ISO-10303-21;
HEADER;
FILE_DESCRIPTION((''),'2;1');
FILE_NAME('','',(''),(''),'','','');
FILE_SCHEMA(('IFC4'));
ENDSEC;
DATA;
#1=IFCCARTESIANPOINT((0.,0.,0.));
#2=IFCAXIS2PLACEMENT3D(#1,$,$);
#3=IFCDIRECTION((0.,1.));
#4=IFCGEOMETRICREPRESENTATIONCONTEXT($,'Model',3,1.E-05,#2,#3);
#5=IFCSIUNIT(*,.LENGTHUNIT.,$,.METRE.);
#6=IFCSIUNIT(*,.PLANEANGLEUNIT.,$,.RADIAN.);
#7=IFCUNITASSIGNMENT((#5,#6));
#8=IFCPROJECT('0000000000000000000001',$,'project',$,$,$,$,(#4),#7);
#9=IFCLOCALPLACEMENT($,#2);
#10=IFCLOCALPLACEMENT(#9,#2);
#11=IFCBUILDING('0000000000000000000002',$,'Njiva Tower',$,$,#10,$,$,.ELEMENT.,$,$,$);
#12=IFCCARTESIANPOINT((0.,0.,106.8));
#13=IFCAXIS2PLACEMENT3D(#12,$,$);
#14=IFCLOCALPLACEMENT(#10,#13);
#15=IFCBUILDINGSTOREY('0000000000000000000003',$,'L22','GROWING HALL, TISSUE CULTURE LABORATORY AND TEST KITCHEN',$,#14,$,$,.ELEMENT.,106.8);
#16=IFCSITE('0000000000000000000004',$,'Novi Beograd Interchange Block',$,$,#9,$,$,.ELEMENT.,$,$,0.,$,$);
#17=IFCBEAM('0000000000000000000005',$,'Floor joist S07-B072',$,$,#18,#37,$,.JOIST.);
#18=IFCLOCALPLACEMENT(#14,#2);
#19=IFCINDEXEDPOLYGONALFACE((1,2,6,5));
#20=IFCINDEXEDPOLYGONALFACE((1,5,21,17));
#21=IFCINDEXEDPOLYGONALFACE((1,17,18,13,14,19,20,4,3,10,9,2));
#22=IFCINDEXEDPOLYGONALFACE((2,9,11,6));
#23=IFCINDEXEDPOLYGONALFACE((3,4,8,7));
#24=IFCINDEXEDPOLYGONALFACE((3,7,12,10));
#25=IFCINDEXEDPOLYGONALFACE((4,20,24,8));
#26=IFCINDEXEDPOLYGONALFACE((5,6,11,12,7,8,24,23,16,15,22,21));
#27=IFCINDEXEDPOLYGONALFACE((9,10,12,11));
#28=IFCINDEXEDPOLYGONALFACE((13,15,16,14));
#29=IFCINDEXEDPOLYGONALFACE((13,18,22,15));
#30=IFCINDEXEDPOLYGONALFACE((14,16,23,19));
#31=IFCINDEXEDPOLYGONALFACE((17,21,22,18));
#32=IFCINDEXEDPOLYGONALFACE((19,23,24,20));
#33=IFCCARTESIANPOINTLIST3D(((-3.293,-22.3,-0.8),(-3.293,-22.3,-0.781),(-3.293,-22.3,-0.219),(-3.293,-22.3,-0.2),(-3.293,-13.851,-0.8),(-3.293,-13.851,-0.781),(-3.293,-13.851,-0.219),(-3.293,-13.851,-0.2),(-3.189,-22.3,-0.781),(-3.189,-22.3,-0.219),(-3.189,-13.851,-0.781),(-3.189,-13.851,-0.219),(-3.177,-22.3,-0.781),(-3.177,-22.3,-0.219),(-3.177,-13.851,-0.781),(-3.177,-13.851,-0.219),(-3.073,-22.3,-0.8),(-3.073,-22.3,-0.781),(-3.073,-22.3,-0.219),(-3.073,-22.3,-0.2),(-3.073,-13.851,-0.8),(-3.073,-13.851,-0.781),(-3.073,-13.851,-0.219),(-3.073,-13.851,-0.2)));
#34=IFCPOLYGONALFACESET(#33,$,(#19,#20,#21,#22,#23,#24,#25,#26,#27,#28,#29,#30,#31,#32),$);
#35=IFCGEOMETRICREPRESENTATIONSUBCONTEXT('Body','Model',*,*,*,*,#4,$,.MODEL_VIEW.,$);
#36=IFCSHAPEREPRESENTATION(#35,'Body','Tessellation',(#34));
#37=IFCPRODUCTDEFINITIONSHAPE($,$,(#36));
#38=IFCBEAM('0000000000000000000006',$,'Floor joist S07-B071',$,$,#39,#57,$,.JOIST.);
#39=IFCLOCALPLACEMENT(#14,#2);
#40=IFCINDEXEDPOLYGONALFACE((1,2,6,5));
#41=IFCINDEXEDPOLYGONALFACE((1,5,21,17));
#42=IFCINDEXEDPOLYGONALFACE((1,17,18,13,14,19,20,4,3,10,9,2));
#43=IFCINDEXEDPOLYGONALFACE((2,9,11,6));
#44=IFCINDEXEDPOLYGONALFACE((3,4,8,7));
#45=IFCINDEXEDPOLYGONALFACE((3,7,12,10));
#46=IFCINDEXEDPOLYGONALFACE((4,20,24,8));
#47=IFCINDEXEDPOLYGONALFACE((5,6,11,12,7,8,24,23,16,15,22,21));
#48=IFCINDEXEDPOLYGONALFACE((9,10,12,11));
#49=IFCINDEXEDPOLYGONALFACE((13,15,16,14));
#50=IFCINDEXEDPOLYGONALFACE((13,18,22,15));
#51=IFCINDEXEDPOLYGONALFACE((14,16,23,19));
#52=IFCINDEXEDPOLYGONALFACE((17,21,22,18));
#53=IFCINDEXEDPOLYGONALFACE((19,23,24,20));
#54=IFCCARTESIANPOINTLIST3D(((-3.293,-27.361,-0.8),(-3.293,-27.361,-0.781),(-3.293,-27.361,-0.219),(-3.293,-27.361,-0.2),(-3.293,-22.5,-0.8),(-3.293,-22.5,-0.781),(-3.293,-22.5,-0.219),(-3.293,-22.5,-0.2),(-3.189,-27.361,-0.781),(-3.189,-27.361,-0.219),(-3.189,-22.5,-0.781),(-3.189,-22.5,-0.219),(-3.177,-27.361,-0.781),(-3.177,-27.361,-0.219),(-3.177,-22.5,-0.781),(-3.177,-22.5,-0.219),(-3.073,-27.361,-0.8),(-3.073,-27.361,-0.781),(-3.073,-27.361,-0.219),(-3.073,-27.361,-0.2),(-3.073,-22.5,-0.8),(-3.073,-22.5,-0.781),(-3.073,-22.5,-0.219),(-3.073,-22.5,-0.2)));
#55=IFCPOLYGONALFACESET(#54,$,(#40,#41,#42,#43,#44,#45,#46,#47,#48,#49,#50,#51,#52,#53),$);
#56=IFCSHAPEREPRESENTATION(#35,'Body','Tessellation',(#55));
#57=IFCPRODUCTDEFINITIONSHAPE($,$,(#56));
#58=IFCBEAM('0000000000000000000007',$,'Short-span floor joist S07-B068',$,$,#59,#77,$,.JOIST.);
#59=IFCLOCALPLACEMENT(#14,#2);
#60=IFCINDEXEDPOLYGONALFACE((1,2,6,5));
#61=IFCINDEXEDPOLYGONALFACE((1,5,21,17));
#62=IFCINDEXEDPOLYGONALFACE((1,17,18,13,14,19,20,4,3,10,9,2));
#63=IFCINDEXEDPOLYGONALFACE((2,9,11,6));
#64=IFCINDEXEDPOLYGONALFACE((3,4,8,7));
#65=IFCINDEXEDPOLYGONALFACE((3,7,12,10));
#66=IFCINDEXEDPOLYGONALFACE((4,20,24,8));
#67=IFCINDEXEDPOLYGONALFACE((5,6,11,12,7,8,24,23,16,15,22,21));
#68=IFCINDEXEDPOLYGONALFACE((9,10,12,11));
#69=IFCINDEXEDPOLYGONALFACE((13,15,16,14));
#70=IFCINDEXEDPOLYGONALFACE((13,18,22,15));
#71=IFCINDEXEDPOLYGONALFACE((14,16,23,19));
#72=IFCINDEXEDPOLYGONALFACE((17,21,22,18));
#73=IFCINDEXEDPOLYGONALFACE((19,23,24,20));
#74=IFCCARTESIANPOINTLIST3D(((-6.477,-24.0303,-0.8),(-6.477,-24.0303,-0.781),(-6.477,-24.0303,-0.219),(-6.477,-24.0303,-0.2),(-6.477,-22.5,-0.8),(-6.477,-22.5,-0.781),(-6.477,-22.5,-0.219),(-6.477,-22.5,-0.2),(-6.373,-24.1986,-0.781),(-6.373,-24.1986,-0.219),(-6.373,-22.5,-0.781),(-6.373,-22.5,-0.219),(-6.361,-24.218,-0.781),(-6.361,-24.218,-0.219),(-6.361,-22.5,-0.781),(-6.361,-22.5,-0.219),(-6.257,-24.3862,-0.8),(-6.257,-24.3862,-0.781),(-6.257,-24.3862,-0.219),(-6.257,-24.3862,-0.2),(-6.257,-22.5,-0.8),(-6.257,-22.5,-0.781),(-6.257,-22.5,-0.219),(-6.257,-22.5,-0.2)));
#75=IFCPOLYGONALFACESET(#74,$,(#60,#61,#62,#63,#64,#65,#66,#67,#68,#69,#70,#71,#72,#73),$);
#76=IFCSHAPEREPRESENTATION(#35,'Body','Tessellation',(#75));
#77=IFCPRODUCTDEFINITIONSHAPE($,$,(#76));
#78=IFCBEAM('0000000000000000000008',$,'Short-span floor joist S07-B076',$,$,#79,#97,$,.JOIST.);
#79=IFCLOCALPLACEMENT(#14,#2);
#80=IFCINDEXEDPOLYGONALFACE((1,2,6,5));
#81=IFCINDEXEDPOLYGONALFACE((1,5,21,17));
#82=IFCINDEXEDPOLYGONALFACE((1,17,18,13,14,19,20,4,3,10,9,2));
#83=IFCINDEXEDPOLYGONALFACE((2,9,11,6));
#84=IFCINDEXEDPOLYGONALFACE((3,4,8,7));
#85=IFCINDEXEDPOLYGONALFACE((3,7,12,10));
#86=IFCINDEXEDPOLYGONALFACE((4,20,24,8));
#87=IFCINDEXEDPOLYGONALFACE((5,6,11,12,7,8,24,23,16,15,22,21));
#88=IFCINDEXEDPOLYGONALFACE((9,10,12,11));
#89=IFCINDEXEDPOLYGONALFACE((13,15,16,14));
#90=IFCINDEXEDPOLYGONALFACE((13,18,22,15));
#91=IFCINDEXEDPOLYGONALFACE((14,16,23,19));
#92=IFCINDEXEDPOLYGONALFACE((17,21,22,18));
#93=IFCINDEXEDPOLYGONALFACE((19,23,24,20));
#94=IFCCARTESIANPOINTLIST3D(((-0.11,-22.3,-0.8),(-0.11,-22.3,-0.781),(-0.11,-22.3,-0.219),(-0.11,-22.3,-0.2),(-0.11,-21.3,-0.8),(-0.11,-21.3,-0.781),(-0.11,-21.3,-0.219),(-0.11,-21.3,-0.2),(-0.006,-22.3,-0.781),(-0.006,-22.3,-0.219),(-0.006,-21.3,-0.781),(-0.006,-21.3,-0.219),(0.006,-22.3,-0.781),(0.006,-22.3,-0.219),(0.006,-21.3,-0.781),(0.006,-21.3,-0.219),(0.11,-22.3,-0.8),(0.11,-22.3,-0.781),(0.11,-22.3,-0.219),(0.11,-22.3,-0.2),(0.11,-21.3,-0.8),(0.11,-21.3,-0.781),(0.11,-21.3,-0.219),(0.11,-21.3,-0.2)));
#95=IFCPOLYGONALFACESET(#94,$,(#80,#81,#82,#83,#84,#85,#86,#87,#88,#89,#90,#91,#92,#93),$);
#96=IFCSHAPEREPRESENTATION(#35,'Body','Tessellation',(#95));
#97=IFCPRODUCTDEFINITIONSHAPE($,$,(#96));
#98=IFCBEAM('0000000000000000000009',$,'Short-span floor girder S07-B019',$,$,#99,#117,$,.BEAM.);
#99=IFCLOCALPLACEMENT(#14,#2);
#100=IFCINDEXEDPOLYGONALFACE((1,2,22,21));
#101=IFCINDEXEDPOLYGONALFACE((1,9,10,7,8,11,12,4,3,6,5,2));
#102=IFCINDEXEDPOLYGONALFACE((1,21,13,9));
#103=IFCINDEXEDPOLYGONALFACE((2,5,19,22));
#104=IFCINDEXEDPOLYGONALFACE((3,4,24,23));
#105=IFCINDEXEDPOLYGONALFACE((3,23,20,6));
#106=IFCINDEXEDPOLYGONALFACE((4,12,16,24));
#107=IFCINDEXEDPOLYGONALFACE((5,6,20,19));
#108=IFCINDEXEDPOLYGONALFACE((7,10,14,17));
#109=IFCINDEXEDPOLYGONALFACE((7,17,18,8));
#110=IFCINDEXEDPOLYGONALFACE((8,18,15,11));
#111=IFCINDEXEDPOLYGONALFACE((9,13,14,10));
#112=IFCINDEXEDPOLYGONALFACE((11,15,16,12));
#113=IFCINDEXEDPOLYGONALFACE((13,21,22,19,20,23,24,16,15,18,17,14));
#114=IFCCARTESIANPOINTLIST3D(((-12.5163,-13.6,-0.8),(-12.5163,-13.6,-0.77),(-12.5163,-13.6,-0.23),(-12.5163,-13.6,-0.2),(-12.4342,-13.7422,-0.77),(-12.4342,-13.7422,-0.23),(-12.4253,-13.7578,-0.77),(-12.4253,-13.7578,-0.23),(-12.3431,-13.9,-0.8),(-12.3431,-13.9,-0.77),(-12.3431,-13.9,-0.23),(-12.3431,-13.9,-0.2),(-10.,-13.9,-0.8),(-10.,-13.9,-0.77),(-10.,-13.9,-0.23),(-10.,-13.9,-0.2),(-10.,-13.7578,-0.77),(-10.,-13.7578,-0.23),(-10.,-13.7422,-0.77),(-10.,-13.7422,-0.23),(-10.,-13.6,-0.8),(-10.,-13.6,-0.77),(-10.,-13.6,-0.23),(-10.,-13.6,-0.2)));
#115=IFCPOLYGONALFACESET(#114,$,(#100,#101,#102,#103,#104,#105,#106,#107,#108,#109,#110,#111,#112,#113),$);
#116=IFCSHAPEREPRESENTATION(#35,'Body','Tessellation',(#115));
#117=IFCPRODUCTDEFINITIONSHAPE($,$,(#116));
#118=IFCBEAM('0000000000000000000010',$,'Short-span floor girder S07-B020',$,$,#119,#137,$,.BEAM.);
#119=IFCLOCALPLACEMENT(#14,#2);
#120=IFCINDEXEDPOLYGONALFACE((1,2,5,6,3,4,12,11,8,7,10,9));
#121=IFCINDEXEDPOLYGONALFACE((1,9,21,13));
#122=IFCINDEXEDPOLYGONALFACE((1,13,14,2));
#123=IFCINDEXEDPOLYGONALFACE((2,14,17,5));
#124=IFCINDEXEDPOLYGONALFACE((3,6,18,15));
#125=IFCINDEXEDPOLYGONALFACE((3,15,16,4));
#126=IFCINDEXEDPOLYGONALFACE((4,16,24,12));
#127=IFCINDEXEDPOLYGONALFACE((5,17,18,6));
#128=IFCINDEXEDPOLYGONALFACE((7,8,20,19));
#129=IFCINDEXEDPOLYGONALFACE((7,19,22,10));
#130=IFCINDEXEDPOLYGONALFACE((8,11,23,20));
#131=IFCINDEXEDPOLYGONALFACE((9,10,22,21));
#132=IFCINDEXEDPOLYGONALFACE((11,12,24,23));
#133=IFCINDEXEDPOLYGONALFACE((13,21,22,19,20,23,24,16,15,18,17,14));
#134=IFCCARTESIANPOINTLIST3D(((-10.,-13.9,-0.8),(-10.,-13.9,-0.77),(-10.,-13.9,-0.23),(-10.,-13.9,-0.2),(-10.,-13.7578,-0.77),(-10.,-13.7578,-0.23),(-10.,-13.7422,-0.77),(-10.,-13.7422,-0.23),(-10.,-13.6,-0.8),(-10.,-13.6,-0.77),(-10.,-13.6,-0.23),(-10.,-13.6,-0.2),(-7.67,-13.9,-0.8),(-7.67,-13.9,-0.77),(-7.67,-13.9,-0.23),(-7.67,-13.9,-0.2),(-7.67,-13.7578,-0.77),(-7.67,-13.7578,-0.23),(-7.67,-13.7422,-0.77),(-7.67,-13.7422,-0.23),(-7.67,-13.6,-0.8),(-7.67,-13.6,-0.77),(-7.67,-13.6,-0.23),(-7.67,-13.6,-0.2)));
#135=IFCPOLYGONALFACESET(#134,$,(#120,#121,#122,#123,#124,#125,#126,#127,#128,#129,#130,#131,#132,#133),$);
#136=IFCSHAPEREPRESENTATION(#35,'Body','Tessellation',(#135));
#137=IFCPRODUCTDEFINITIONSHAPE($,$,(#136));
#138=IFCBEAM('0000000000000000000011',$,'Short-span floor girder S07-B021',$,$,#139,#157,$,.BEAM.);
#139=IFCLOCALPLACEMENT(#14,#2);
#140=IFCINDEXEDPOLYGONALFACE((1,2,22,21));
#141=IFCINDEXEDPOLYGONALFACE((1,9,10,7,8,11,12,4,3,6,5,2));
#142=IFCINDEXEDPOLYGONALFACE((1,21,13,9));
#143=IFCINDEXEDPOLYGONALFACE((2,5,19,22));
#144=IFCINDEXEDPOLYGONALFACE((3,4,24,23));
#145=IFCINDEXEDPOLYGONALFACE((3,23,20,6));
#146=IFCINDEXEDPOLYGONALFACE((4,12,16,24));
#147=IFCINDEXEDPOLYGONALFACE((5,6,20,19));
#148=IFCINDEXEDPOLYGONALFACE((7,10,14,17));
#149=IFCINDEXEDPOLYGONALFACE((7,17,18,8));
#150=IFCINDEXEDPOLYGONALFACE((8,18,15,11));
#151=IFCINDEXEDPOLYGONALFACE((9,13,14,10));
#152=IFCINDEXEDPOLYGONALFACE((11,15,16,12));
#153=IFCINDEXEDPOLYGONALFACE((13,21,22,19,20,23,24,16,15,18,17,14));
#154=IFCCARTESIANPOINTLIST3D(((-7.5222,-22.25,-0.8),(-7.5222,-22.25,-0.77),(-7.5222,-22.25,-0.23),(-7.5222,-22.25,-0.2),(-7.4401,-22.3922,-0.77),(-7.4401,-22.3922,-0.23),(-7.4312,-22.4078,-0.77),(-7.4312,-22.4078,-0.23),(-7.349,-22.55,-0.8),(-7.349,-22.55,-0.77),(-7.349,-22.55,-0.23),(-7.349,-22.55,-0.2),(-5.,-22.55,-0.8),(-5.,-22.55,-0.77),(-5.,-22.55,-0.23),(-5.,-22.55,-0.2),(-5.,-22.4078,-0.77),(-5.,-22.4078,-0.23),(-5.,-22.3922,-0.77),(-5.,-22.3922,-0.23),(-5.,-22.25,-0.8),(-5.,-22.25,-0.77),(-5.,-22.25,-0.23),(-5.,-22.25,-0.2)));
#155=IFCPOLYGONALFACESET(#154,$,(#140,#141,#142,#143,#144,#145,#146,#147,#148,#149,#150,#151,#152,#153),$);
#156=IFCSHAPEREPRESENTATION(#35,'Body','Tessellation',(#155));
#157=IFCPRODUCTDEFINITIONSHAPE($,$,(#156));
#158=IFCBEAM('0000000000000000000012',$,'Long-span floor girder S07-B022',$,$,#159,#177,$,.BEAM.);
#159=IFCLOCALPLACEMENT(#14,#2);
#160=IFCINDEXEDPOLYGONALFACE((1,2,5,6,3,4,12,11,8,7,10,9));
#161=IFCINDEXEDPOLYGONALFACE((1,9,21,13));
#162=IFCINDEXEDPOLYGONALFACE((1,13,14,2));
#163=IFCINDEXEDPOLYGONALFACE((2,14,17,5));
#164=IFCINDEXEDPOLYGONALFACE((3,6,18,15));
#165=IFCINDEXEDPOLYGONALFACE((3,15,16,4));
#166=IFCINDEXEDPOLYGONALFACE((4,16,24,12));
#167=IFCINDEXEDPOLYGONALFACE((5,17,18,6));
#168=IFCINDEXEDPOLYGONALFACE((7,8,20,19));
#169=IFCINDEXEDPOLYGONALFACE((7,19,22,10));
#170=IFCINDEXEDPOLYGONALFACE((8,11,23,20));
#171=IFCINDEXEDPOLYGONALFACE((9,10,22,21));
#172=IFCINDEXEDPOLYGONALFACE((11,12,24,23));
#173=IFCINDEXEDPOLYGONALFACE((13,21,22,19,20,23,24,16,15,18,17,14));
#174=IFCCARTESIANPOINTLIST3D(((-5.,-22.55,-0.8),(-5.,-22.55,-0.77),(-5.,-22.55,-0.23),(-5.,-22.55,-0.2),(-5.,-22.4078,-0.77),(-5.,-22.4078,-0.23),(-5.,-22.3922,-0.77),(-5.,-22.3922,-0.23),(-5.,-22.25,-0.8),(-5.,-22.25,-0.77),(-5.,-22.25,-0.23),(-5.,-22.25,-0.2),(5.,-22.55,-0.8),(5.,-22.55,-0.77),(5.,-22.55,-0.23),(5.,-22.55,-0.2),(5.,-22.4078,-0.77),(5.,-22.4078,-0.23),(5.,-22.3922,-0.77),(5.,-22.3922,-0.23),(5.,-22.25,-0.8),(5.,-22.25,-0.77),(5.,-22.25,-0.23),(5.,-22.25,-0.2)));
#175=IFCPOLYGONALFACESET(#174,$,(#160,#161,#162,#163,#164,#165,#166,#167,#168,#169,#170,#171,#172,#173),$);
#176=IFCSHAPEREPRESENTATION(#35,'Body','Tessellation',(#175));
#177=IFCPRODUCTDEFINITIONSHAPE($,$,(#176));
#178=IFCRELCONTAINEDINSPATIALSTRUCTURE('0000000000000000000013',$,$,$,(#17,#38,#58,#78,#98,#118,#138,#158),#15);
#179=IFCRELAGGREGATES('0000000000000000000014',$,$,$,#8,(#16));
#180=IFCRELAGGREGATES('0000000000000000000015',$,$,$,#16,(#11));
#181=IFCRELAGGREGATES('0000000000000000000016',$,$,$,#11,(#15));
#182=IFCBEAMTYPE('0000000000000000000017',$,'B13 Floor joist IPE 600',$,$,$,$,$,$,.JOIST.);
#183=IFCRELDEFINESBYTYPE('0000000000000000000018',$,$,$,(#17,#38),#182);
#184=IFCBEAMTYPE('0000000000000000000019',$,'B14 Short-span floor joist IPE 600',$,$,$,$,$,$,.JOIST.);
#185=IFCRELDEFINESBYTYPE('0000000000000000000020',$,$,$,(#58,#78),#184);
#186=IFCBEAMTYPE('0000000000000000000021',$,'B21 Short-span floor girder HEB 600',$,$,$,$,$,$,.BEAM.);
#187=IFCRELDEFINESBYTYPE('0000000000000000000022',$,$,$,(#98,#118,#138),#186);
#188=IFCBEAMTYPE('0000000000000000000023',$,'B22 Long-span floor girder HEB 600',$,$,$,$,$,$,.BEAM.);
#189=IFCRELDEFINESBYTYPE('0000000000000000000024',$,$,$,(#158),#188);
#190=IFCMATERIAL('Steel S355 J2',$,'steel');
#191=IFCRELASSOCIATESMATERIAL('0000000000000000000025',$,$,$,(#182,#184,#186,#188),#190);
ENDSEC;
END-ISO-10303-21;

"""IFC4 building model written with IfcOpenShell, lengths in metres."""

from ifc_helpers import new_model, si_unit, direction, frame, origin, origin_2d, place, context, subcontext, project, spatial, i_section, extrude, clip, halfspace, material, material_profile, profile_set, type_object, element, save


model = new_model("IFC4")

# Units and contexts
model_context = context("Model", 3, precision=1e-05, world=origin(), true_north=direction((0.0, 1.0)))
body_context = subcontext(model_context, "Body", "Model", "MODEL_VIEW")
ifc_project = project(units=[si_unit("LENGTHUNIT", "METRE"), si_unit("PLANEANGLEUNIT", "RADIAN")], contexts=[model_context])

# Site, building, storey
site_placement = place(None, origin())
site = spatial("IfcSite", under=ifc_project, at=site_placement, Name="Novi Beograd Interchange Block", CompositionType="ELEMENT", RefElevation=0.0)
building_placement = place(site_placement, origin())
building = spatial("IfcBuilding", under=site, at=building_placement, Name="Njiva Tower", CompositionType="ELEMENT")
storey_placement = place(building_placement, frame((0.0, 0.0, 106.8)))
storey = spatial("IfcBuildingStorey", under=building, at=storey_placement, Name="L22", Description="GROWING HALL, TISSUE CULTURE LABORATORY AND TEST KITCHEN", CompositionType="ELEMENT", Elevation=106.8)

# Shared definitions
ifc_material_1 = material(Name="Steel S355 J2", Category="steel")

# Beams
ifc_material_profile_1 = material_profile(ifc_material_1, i_section(OverallWidth=0.22, OverallDepth=0.6, WebThickness=0.012, FlangeThickness=0.019, at=origin_2d()), Name="IPE 600")
ifc_profile_set_1 = profile_set([ifc_material_profile_1], Name="Steel S355 J2")
beam_type_1 = type_object("IfcBeamType", Name="B13 Floor joist IPE 600", PredefinedType="JOIST", material=ifc_profile_set_1)
for number, where, z_axis, x_axis, name in (
    (1, (-3.183, -13.851, -0.5), (0.0, -1.0, 0.0), (1.0, 0.0, 0.0), "Floor joist S07-B072"),
):
    element("IfcBeam", number, at=place(storey_placement, frame(where, z_axis=z_axis, x_axis=x_axis)), inside=storey, type_object=beam_type_1, Name=name, PredefinedType="JOIST", context=body_context, shape_type="SweptSolid", body=[
        extrude(i_section(OverallWidth=0.22, OverallDepth=0.6, WebThickness=0.012, FlangeThickness=0.019, at=origin_2d()), origin(), (0.0, 0.0, 1.0), 8.449),
    ])
beam_1_placement = place(storey_placement, frame((-3.183, -22.5, -0.5), z_axis=(0.0, -1.0, 0.0), x_axis=(1.0, 0.0, 0.0)))
element("IfcBeam", 2, at=beam_1_placement, inside=storey, type_object=beam_type_1, Name="Floor joist S07-B071", PredefinedType="JOIST", context=body_context, shape_type="SweptSolid", body=[
    extrude(i_section(OverallWidth=0.22, OverallDepth=0.6, WebThickness=0.012, FlangeThickness=0.019, at=origin_2d()), origin(), (0.0, 0.0, 1.0), 4.861),
])
ifc_material_profile_2 = material_profile(ifc_material_1, i_section(OverallWidth=0.22, OverallDepth=0.6, WebThickness=0.012, FlangeThickness=0.019, at=origin_2d()), Name="IPE 600")
ifc_profile_set_2 = profile_set([ifc_material_profile_2], Name="Steel S355 J2")
beam_type_2 = type_object("IfcBeamType", Name="B14 Short-span floor joist IPE 600", PredefinedType="JOIST", material=ifc_profile_set_2)
beam_2_placement = place(storey_placement, frame((-6.367, -22.5, -0.5), z_axis=(0.0, -1.0, 0.0), x_axis=(1.0, 0.0, 0.0)))
element("IfcBeam", 3, at=beam_2_placement, inside=storey, type_object=beam_type_2, Name="Short-span floor joist S07-B068", PredefinedType="JOIST", context=body_context, shape_type="Clipping", body=[
    clip(extrude(i_section(OverallWidth=0.22, OverallDepth=0.6, WebThickness=0.012, FlangeThickness=0.019, at=origin_2d()), origin(), (0.0, 0.0, 1.0), 1.907), halfspace(frame((-0.0422, 0.0, 1.64), z_axis=(-0.85062, 0.0, 0.52578), x_axis=(0.0, 1.0, 0.0)), False)),
])
beam_3_placement = place(storey_placement, frame((0.0, -21.3, -0.5), z_axis=(0.0, -1.0, 0.0), x_axis=(1.0, 0.0, 0.0)))
element("IfcBeam", 4, at=beam_3_placement, inside=storey, type_object=beam_type_2, Name="Short-span floor joist S07-B076", PredefinedType="JOIST", context=body_context, shape_type="SweptSolid", body=[
    extrude(i_section(OverallWidth=0.22, OverallDepth=0.6, WebThickness=0.012, FlangeThickness=0.019, at=origin_2d()), origin(), (0.0, 0.0, 1.0), 1.0),
])
ifc_material_profile_3 = material_profile(ifc_material_1, i_section(OverallWidth=0.3, OverallDepth=0.6, WebThickness=0.0155, FlangeThickness=0.03, at=origin_2d()), Name="HEB 600")
ifc_profile_set_3 = profile_set([ifc_material_profile_3], Name="Steel S355 J2")
beam_type_3 = type_object("IfcBeamType", Name="B21 Short-span floor girder HEB 600", PredefinedType="BEAM", material=ifc_profile_set_3)
beam_4_placement = place(storey_placement, frame((-12.537, -13.75, -0.5), z_axis=(1.0, 0.0, 0.0), x_axis=(0.0, 1.0, 0.0)))
element("IfcBeam", 5, at=beam_4_placement, inside=storey, type_object=beam_type_3, Name="Short-span floor girder S07-B019", PredefinedType="BEAM", context=body_context, shape_type="Clipping", body=[
    clip(extrude(i_section(OverallWidth=0.3, OverallDepth=0.6, WebThickness=0.0155, FlangeThickness=0.03, at=origin_2d()), origin(), (0.0, 0.0, 1.0), 2.537), halfspace(frame((-0.025, 0.0, 0.1217), z_axis=(-0.499998, 0.0, -0.866027), x_axis=(0.0, -1.0, 0.0)), False)),
])
beam_5_placement = place(storey_placement, frame((-10.0, -13.75, -0.5), z_axis=(1.0, 0.0, 0.0), x_axis=(0.0, 1.0, 0.0)))
element("IfcBeam", 6, at=beam_5_placement, inside=storey, type_object=beam_type_3, Name="Short-span floor girder S07-B020", PredefinedType="BEAM", context=body_context, shape_type="SweptSolid", body=[
    extrude(i_section(OverallWidth=0.3, OverallDepth=0.6, WebThickness=0.0155, FlangeThickness=0.03, at=origin_2d()), origin(), (0.0, 0.0, 1.0), 2.33),
])
beam_6_placement = place(storey_placement, frame((-7.543, -22.4, -0.5), z_axis=(1.0, 0.0, 0.0), x_axis=(0.0, 1.0, 0.0)))
element("IfcBeam", 7, at=beam_6_placement, inside=storey, type_object=beam_type_3, Name="Short-span floor girder S07-B021", PredefinedType="BEAM", context=body_context, shape_type="Clipping", body=[
    clip(extrude(i_section(OverallWidth=0.3, OverallDepth=0.6, WebThickness=0.0155, FlangeThickness=0.03, at=origin_2d()), origin(), (0.0, 0.0, 1.0), 2.543), halfspace(frame((-0.025, 0.0, 0.1218), z_axis=(-0.499998, 0.0, -0.866027), x_axis=(0.0, -1.0, 0.0)), False)),
])
ifc_material_profile_4 = material_profile(ifc_material_1, i_section(OverallWidth=0.3, OverallDepth=0.6, WebThickness=0.0155, FlangeThickness=0.03, at=origin_2d()), Name="HEB 600")
ifc_profile_set_4 = profile_set([ifc_material_profile_4], Name="Steel S355 J2")
beam_type_4 = type_object("IfcBeamType", Name="B22 Long-span floor girder HEB 600", PredefinedType="BEAM", material=ifc_profile_set_4)
beam_7_placement = place(storey_placement, frame((-5.0, -22.4, -0.5), z_axis=(1.0, 0.0, 0.0), x_axis=(0.0, 1.0, 0.0)))
element("IfcBeam", 8, at=beam_7_placement, inside=storey, type_object=beam_type_4, Name="Long-span floor girder S07-B022", PredefinedType="BEAM", context=body_context, shape_type="SweptSolid", body=[
    extrude(i_section(OverallWidth=0.3, OverallDepth=0.6, WebThickness=0.0155, FlangeThickness=0.03, at=origin_2d()), origin(), (0.0, 0.0, 1.0), 10.0),
])

save(model, "model.ifc")
